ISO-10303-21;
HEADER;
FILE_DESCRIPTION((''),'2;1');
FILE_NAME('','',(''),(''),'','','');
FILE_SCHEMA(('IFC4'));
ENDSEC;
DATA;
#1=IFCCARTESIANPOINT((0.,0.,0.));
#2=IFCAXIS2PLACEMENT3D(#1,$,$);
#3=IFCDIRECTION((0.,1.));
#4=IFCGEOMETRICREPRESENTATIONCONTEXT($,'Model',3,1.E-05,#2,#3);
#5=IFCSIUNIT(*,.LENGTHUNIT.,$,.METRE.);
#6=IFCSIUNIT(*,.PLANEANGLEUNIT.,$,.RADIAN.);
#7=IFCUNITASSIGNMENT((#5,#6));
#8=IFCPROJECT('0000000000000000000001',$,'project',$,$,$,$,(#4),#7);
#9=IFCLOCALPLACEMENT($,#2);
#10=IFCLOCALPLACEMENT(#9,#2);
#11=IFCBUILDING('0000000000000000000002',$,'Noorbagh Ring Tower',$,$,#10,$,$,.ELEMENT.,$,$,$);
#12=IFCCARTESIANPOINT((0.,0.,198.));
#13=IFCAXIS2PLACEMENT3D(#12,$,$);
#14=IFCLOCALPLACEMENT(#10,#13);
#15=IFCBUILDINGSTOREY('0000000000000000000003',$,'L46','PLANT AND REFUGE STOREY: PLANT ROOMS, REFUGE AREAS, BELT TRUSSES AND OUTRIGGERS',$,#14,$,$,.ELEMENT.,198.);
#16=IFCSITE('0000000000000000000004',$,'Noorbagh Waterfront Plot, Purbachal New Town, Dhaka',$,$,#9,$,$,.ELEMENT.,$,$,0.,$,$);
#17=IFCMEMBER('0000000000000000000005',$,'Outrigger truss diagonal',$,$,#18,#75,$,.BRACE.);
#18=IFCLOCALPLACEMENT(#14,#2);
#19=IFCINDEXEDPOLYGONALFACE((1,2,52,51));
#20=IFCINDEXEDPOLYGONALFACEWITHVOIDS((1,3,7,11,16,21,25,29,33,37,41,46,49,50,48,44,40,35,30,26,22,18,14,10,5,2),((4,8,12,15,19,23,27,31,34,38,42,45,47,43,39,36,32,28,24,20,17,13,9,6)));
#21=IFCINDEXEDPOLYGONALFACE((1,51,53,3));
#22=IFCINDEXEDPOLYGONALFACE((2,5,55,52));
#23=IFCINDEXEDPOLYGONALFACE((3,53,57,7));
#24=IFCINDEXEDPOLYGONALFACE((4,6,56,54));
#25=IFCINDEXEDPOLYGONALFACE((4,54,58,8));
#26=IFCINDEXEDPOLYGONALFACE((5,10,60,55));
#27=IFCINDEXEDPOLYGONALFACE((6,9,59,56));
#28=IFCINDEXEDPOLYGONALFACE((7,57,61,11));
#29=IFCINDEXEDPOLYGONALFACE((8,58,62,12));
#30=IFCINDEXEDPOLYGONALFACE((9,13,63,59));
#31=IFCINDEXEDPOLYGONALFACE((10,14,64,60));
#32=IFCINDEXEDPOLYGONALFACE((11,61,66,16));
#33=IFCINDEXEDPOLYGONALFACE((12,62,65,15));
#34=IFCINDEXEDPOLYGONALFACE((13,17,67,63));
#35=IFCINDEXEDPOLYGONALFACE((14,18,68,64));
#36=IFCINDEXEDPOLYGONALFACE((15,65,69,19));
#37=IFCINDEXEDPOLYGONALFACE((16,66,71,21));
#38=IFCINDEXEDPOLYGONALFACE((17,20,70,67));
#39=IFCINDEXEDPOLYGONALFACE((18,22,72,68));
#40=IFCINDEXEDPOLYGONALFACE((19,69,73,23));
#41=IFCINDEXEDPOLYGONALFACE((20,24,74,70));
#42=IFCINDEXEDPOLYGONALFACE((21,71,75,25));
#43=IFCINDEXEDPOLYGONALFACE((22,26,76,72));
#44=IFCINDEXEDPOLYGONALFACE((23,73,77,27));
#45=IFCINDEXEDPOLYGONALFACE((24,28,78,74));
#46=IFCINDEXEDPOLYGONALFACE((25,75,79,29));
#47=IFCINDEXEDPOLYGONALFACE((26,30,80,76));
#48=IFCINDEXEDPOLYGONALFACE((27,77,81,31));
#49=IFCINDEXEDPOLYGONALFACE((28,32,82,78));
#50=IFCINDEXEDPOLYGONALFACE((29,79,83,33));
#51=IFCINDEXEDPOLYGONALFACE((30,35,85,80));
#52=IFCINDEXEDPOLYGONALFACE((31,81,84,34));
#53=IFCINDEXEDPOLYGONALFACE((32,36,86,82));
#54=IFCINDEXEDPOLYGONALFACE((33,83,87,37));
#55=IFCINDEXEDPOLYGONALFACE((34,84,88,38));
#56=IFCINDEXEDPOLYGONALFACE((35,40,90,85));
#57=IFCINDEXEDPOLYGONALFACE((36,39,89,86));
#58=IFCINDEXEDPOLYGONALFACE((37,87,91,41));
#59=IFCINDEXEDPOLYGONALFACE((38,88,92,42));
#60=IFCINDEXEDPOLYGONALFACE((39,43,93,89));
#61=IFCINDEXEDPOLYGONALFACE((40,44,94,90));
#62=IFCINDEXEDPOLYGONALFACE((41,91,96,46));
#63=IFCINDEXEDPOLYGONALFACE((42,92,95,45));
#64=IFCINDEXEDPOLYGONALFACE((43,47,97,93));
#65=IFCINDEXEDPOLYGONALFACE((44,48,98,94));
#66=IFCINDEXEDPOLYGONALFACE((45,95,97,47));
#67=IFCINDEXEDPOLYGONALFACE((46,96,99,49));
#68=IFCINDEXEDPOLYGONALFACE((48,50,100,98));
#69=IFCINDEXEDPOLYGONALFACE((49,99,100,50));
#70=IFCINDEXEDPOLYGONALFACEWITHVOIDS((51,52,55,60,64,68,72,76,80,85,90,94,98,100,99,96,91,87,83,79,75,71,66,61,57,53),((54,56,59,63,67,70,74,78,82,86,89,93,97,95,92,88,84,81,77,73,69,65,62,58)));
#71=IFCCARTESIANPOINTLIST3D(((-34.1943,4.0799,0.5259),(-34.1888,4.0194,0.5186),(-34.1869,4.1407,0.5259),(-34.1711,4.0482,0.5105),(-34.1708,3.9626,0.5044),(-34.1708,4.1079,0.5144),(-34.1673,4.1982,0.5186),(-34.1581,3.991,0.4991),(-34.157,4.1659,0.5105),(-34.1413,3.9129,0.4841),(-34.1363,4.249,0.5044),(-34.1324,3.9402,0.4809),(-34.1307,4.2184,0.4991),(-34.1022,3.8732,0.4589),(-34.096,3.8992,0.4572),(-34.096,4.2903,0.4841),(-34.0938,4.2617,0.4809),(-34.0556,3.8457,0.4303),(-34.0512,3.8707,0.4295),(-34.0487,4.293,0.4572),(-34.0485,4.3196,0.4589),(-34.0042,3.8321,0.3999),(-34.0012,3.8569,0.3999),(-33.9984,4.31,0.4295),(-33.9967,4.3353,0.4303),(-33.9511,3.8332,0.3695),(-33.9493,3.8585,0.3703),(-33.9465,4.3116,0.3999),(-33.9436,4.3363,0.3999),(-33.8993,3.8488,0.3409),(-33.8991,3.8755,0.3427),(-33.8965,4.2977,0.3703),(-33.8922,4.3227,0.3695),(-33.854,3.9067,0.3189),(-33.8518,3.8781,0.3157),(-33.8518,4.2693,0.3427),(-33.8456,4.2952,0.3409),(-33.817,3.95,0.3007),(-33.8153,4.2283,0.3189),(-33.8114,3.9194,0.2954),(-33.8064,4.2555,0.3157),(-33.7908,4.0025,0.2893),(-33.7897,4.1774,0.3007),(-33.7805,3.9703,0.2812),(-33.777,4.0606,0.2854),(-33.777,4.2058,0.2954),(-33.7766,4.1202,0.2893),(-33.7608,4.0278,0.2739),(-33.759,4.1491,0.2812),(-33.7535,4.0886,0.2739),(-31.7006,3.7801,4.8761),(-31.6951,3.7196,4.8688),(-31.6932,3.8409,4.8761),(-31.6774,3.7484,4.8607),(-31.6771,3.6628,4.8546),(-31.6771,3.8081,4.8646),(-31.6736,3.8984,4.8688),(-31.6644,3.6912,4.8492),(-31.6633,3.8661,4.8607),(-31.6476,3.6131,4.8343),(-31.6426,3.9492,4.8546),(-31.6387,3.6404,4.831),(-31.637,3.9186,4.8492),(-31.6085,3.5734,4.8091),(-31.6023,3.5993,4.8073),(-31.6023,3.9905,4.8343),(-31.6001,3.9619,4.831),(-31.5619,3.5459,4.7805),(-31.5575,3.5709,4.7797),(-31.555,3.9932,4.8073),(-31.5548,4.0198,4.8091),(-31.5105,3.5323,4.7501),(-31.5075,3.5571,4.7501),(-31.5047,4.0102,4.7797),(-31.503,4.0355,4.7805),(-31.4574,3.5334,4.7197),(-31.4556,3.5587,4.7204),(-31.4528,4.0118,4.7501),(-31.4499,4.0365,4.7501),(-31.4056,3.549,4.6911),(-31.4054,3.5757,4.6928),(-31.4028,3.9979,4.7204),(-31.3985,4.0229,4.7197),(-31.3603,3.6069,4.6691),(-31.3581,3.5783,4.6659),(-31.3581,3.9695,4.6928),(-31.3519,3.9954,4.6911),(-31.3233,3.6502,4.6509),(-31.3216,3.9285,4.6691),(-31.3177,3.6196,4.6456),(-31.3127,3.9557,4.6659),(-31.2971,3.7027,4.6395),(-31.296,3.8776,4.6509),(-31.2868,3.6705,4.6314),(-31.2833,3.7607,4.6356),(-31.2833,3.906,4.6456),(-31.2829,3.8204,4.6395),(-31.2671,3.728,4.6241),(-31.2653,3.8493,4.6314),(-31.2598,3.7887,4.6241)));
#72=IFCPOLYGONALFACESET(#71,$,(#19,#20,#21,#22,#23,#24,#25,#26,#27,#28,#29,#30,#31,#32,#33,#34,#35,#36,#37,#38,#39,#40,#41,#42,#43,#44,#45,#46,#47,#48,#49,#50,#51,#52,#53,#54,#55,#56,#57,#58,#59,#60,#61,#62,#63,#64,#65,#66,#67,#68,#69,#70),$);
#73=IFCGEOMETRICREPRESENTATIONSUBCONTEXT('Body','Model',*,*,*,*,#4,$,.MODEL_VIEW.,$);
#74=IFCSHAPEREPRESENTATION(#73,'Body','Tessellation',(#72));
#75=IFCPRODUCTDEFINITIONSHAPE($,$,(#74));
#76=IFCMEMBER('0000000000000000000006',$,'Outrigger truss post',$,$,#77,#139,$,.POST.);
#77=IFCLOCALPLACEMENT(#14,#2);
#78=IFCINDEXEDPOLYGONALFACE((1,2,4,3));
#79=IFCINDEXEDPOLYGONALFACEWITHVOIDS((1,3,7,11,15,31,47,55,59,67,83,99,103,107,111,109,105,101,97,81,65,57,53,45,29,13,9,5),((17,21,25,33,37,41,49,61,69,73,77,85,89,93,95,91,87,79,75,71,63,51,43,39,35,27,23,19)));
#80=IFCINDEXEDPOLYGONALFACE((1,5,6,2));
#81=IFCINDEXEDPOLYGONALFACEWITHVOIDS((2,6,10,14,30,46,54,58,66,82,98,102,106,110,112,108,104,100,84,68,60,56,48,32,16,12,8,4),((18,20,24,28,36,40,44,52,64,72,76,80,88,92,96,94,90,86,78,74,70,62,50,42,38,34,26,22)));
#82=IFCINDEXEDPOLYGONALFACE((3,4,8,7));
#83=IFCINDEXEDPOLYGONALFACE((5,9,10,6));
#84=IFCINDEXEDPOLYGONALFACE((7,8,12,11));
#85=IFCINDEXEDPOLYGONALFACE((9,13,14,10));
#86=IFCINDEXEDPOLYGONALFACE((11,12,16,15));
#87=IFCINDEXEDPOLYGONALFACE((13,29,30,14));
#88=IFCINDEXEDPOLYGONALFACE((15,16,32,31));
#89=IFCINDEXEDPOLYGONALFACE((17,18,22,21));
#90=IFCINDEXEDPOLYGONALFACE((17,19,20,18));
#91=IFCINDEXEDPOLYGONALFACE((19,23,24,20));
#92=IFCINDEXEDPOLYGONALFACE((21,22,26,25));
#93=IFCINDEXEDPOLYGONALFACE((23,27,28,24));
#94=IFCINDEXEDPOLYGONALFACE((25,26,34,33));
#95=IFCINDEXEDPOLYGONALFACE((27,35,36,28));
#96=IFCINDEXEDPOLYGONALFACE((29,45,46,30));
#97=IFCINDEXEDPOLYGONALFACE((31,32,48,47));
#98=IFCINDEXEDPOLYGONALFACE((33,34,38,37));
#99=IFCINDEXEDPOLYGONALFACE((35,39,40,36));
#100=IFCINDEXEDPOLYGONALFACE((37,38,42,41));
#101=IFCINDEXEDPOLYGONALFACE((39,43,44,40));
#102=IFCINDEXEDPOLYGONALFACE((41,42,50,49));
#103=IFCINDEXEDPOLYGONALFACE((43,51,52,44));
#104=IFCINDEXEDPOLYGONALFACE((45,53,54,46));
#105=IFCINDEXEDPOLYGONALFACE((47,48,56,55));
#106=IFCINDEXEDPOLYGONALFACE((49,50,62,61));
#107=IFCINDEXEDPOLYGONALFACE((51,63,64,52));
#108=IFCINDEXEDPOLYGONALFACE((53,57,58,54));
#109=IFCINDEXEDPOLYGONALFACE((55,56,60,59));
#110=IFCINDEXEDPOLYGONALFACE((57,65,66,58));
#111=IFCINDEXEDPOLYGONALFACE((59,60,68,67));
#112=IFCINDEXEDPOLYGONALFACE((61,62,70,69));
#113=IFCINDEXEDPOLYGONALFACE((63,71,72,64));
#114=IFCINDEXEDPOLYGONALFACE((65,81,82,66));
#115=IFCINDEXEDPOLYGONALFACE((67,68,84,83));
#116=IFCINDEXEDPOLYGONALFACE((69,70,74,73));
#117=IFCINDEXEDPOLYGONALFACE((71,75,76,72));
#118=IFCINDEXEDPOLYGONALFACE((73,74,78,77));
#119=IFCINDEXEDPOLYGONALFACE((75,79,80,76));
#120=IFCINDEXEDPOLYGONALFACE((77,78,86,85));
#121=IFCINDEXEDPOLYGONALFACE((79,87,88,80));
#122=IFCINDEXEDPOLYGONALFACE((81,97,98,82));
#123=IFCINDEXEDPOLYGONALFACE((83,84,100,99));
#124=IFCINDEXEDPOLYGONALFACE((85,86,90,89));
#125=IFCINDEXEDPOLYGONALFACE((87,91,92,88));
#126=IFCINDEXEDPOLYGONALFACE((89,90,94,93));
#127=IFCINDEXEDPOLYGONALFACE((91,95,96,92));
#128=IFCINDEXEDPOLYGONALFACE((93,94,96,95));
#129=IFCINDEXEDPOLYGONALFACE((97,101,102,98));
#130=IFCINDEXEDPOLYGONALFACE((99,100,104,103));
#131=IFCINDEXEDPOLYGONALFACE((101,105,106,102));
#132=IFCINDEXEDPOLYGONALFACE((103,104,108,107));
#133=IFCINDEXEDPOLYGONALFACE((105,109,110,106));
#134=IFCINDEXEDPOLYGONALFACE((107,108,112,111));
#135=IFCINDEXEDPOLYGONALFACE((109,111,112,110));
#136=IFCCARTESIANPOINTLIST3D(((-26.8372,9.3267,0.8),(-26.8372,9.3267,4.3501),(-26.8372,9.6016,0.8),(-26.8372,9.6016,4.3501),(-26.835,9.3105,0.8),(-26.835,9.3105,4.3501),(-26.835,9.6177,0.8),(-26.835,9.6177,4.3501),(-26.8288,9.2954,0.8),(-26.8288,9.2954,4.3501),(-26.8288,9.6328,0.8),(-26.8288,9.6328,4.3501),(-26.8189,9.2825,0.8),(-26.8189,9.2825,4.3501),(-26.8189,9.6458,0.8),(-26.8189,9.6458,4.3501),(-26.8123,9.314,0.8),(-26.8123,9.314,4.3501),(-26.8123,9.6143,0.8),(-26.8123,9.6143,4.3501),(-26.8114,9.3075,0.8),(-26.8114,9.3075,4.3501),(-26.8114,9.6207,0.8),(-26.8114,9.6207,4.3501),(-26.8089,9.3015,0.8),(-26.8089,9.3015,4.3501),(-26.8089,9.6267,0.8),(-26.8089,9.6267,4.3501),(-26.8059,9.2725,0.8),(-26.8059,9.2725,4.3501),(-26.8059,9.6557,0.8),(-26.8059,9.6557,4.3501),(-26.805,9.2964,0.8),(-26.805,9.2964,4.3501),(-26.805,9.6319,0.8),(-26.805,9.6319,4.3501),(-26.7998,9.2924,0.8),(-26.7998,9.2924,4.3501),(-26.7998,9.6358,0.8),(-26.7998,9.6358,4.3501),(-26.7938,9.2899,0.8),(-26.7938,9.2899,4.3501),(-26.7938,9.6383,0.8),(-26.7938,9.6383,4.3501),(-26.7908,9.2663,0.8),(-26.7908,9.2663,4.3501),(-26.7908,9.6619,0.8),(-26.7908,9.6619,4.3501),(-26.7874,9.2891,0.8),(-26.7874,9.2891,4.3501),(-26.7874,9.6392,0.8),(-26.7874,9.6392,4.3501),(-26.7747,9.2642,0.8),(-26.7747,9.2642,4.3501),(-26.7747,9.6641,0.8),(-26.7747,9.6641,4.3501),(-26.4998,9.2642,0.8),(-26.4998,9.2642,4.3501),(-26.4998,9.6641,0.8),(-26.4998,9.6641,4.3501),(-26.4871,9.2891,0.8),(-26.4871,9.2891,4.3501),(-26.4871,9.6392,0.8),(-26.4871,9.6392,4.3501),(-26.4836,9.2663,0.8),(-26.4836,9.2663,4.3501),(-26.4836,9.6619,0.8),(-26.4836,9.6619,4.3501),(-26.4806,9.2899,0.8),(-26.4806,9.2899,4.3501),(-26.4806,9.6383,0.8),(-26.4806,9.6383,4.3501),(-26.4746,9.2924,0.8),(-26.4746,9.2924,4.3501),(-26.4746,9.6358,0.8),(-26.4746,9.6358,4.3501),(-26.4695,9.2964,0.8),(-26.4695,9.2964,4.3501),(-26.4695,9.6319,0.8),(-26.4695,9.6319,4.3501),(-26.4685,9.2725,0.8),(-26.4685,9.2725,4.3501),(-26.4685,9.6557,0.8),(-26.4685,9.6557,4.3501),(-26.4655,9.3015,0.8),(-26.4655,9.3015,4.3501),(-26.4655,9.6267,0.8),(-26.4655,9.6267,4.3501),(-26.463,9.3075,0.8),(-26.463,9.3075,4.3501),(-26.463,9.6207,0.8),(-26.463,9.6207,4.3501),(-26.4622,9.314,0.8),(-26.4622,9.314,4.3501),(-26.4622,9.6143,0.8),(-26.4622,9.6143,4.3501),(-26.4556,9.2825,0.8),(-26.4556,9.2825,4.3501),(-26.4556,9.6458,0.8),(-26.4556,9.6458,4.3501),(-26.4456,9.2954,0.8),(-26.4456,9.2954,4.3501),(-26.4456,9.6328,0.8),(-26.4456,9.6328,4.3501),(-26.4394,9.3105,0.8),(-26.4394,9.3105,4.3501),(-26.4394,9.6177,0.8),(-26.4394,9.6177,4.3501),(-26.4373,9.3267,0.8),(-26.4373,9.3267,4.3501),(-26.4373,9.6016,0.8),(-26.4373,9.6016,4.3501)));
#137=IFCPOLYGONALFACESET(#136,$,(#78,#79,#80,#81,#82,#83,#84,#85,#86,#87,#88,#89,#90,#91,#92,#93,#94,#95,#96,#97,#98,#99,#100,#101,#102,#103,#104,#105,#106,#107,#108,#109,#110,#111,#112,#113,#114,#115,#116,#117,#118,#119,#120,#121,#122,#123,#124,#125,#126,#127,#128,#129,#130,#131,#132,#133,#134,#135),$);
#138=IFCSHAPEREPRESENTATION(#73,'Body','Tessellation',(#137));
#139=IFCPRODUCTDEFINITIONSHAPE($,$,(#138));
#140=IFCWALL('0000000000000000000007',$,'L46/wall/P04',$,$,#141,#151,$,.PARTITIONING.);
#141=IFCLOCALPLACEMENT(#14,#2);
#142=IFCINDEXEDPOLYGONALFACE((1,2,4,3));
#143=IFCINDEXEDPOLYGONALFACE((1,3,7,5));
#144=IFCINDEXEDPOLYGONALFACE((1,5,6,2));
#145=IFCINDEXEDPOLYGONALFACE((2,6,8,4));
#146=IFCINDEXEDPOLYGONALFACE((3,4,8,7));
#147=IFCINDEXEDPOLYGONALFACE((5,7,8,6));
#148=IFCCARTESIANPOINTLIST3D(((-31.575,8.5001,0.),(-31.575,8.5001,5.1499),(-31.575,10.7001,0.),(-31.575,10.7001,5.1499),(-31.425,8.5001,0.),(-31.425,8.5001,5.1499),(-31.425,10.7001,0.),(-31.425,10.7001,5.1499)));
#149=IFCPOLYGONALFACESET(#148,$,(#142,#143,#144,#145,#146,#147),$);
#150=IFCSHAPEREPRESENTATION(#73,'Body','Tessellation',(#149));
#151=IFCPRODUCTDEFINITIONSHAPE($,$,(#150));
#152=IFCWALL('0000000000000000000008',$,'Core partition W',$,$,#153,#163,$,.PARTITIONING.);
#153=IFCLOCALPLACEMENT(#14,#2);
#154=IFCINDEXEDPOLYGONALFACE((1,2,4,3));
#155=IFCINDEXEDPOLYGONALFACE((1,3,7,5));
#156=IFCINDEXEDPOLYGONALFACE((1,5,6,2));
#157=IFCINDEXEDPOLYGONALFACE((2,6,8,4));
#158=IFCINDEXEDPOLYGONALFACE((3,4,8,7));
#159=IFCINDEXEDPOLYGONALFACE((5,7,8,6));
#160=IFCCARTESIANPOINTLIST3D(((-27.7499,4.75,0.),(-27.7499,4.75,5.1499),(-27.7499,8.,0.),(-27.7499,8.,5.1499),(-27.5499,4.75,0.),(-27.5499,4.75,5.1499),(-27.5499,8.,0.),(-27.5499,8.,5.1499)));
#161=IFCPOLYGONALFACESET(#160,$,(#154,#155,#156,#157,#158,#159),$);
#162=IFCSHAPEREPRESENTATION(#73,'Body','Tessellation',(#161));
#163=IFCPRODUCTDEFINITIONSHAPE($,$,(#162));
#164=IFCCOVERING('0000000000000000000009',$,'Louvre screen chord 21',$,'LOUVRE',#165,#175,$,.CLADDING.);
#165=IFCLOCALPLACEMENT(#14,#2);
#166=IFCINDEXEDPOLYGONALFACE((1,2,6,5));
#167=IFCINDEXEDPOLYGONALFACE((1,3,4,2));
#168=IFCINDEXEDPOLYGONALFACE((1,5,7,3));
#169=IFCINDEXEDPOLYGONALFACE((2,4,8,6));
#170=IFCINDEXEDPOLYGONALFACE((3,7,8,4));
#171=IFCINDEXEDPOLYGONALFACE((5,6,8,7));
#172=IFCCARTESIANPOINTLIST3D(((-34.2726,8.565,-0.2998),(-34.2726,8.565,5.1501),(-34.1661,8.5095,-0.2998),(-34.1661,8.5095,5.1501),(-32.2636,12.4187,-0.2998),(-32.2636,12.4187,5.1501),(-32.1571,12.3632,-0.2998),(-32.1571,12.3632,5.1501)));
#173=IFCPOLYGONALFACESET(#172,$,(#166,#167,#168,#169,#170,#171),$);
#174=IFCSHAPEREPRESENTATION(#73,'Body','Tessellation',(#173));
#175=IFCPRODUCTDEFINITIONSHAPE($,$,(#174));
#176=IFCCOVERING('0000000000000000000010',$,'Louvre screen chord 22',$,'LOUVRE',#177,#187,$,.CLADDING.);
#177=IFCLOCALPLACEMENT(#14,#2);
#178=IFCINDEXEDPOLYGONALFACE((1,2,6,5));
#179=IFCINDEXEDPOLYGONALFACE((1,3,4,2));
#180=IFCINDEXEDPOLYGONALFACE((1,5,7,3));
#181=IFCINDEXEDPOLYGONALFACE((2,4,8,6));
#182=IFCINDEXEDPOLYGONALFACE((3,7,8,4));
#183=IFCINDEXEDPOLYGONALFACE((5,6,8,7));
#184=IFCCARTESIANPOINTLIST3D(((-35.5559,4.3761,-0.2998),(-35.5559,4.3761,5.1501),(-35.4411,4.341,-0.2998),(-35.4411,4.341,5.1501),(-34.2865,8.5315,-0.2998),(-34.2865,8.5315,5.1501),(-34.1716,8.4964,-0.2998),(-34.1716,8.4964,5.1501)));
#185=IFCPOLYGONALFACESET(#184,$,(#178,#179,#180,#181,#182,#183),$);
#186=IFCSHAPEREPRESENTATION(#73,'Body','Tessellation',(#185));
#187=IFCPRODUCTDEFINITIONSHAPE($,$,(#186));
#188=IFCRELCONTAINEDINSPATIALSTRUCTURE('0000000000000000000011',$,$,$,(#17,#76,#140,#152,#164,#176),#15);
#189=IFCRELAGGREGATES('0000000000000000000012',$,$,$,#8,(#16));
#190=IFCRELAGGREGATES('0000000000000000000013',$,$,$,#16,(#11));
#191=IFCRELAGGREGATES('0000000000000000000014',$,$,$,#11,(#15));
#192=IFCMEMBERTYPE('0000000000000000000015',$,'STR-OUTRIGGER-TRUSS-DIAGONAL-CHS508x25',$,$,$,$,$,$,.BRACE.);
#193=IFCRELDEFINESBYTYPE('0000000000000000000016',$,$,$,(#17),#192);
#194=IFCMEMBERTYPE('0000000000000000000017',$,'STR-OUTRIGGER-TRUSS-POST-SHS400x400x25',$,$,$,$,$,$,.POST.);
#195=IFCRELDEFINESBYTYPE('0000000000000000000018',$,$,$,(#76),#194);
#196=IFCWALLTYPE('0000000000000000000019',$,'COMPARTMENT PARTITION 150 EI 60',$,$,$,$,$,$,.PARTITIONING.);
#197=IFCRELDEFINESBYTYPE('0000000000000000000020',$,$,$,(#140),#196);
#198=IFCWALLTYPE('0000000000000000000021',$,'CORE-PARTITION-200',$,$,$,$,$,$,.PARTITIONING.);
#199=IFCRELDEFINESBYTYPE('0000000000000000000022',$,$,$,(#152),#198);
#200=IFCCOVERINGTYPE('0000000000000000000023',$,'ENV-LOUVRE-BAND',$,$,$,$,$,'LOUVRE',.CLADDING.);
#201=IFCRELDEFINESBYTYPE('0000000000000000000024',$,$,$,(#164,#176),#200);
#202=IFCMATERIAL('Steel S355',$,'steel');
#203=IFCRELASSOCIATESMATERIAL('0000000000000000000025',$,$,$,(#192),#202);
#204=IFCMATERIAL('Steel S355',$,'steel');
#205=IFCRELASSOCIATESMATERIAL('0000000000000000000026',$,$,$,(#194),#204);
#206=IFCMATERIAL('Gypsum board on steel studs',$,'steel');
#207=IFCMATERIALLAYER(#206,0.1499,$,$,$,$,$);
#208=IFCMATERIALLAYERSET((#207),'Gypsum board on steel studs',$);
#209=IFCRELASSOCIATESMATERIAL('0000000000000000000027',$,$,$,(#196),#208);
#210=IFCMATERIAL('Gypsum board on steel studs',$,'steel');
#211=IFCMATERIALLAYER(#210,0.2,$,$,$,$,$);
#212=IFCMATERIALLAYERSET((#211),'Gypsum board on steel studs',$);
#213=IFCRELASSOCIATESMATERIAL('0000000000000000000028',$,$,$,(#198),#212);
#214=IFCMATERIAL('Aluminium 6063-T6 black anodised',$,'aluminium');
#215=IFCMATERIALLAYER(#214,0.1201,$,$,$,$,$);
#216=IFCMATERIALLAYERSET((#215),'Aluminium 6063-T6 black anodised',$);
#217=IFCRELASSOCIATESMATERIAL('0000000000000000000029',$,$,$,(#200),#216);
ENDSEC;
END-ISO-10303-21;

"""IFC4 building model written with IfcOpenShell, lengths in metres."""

from ifc_helpers import new_model, si_unit, direction, frame, frame_2d, origin, origin_2d, place, context, subcontext, project, spatial, rectangle, hollow_rectangle, hollow_circle, extrude, material, layer, layer_set, material_profile, profile_set, type_object, element, save


model = new_model("IFC4")

# Units and contexts
model_context = context("Model", 3, precision=1e-05, world=origin(), true_north=direction((0.0, 1.0)))
body_context = subcontext(model_context, "Body", "Model", "MODEL_VIEW")
ifc_project = project(units=[si_unit("LENGTHUNIT", "METRE"), si_unit("PLANEANGLEUNIT", "RADIAN")], contexts=[model_context])

# Site, building, storey
site_placement = place(None, origin())
site = spatial("IfcSite", under=ifc_project, at=site_placement, Name="Noorbagh Waterfront Plot, Purbachal New Town, Dhaka", CompositionType="ELEMENT", RefElevation=0.0)
building_placement = place(site_placement, origin())
building = spatial("IfcBuilding", under=site, at=building_placement, Name="Noorbagh Ring Tower", CompositionType="ELEMENT")
storey_placement = place(building_placement, frame((0.0, 0.0, 198.0)))
storey = spatial("IfcBuildingStorey", under=building, at=storey_placement, Name="L46", Description="PLANT AND REFUGE STOREY: PLANT ROOMS, REFUGE AREAS, BELT TRUSSES AND OUTRIGGERS", CompositionType="ELEMENT", Elevation=198.0)

# Members
ifc_material_1 = material(Name="Steel S355", Category="steel")
ifc_material_profile_1 = material_profile(ifc_material_1, hollow_circle(Radius=0.2539, WallThickness=0.0249, at=origin_2d()), Name="CHS508x25")
ifc_profile_set_1 = profile_set([ifc_material_profile_1], Name="Steel S355")
member_type_1 = type_object("IfcMemberType", Name="STR-OUTRIGGER-TRUSS-DIAGONAL-CHS508x25", PredefinedType="BRACE", material=ifc_profile_set_1)
member_1_placement = place(storey_placement, frame((-33.9739, 4.0842, 0.3999), z_axis=(0.496437, -0.059685, 0.866019), x_axis=(0.119368, 0.99285, 0.0)))
element("IfcMember", 1, at=member_1_placement, inside=storey, type_object=member_type_1, Name="Outrigger truss diagonal", PredefinedType="BRACE", context=body_context, shape_type="SweptSolid", body=[
    extrude(hollow_circle(Radius=0.2539, WallThickness=0.0249, at=origin_2d()), origin(), (0.0, 0.0, 1.0), 5.0232),
])
ifc_material_2 = material(Name="Steel S355", Category="steel")
ifc_material_profile_2 = material_profile(ifc_material_2, hollow_rectangle(XDim=0.3999, YDim=0.3999, WallThickness=0.0249, InnerFilletRadius=0.0249, OuterFilletRadius=0.0625, at=origin_2d()), Name="SHS400x400x25")
ifc_profile_set_2 = profile_set([ifc_material_profile_2], Name="Steel S355")
member_type_2 = type_object("IfcMemberType", Name="STR-OUTRIGGER-TRUSS-POST-SHS400x400x25", PredefinedType="POST", material=ifc_profile_set_2)
member_2_placement = place(storey_placement, frame((-26.6372, 9.4641, 0.8), z_axis=(0.0, 0.0, 1.0), x_axis=(1.0, 0.0, 0.0)))
element("IfcMember", 2, at=member_2_placement, inside=storey, type_object=member_type_2, Name="Outrigger truss post", PredefinedType="POST", context=body_context, shape_type="SweptSolid", body=[
    extrude(hollow_rectangle(XDim=0.3999, YDim=0.3999, WallThickness=0.0249, InnerFilletRadius=0.0249, OuterFilletRadius=0.0625, at=origin_2d()), origin(), (0.0, 0.0, 1.0), 3.55),
])

# Walls
ifc_material_3 = material(Name="Gypsum board on steel studs", Category="steel")
ifc_layer_1 = layer(ifc_material_3, 0.1499)
ifc_layer_set_1 = layer_set([ifc_layer_1], Name="Gypsum board on steel studs")
wall_type_1 = type_object("IfcWallType", Name="COMPARTMENT PARTITION 150 EI 60", PredefinedType="PARTITIONING", material=ifc_layer_set_1)
wall_1_placement = place(storey_placement, frame((-31.5, 8.5, 0.0), z_axis=(0.0, 0.0, 1.0), x_axis=(0.0, 1.0, 0.0)))
element("IfcWall", 3, at=wall_1_placement, inside=storey, type_object=wall_type_1, Name="L46/wall/P04", PredefinedType="PARTITIONING", context=body_context, shape_type="SweptSolid", body=[
    extrude(rectangle(XDim=2.2, YDim=0.1499, at=frame_2d((1.1001, 0.0))), origin(), (0.0, 0.0, 1.0), 5.1499),
])
ifc_material_4 = material(Name="Gypsum board on steel studs", Category="steel")
ifc_layer_2 = layer(ifc_material_4, 0.2)
ifc_layer_set_2 = layer_set([ifc_layer_2], Name="Gypsum board on steel studs")
wall_type_2 = type_object("IfcWallType", Name="CORE-PARTITION-200", PredefinedType="PARTITIONING", material=ifc_layer_set_2)
wall_2_placement = place(storey_placement, frame((-27.6499, 4.75, 0.0), z_axis=(0.0, 0.0, 1.0), x_axis=(0.0, 1.0, 0.0)))
element("IfcWall", 4, at=wall_2_placement, inside=storey, type_object=wall_type_2, Name="Core partition W", PredefinedType="PARTITIONING", context=body_context, shape_type="SweptSolid", body=[
    extrude(rectangle(XDim=3.25, YDim=0.2, at=frame_2d((1.625, 0.0))), origin(), (0.0, 0.0, 1.0), 5.1499),
])

# Coverings
ifc_material_5 = material(Name="Aluminium 6063-T6 black anodised", Category="aluminium")
ifc_layer_3 = layer(ifc_material_5, 0.1201)
ifc_layer_set_3 = layer_set([ifc_layer_3], Name="Aluminium 6063-T6 black anodised")
covering_type_1 = type_object("IfcCoveringType", Name="ENV-LOUVRE-BAND", ElementType="LOUVRE", PredefinedType="CLADDING", material=ifc_layer_set_3)
covering_1_placement = place(storey_placement, frame((-33.2148, 10.4641, -0.2998), z_axis=(0.0, 0.0, 1.0), x_axis=(-0.462278, -0.886735, 0.0)))
element("IfcCovering", 5, at=covering_1_placement, inside=storey, type_object=covering_type_1, Name="Louvre screen chord 21", ObjectType="LOUVRE", PredefinedType="CLADDING", context=body_context, shape_type="SweptSolid", body=[
    extrude(rectangle(XDim=4.3459, YDim=0.1201, at=origin_2d()), origin(), (0.0, 0.0, 1.0), 5.45),
])
covering_2_placement = place(storey_placement, frame((-34.8638, 6.4363, -0.2998), z_axis=(0.0, 0.0, 1.0), x_axis=(-0.29217, -0.956366, 0.0)))
element("IfcCovering", 6, at=covering_2_placement, inside=storey, type_object=covering_type_1, Name="Louvre screen chord 22", ObjectType="LOUVRE", PredefinedType="CLADDING", context=body_context, shape_type="SweptSolid", body=[
    extrude(rectangle(XDim=4.345, YDim=0.1201, at=origin_2d()), origin(), (0.0, 0.0, 1.0), 5.45),
])

save(model, "model.ifc")
